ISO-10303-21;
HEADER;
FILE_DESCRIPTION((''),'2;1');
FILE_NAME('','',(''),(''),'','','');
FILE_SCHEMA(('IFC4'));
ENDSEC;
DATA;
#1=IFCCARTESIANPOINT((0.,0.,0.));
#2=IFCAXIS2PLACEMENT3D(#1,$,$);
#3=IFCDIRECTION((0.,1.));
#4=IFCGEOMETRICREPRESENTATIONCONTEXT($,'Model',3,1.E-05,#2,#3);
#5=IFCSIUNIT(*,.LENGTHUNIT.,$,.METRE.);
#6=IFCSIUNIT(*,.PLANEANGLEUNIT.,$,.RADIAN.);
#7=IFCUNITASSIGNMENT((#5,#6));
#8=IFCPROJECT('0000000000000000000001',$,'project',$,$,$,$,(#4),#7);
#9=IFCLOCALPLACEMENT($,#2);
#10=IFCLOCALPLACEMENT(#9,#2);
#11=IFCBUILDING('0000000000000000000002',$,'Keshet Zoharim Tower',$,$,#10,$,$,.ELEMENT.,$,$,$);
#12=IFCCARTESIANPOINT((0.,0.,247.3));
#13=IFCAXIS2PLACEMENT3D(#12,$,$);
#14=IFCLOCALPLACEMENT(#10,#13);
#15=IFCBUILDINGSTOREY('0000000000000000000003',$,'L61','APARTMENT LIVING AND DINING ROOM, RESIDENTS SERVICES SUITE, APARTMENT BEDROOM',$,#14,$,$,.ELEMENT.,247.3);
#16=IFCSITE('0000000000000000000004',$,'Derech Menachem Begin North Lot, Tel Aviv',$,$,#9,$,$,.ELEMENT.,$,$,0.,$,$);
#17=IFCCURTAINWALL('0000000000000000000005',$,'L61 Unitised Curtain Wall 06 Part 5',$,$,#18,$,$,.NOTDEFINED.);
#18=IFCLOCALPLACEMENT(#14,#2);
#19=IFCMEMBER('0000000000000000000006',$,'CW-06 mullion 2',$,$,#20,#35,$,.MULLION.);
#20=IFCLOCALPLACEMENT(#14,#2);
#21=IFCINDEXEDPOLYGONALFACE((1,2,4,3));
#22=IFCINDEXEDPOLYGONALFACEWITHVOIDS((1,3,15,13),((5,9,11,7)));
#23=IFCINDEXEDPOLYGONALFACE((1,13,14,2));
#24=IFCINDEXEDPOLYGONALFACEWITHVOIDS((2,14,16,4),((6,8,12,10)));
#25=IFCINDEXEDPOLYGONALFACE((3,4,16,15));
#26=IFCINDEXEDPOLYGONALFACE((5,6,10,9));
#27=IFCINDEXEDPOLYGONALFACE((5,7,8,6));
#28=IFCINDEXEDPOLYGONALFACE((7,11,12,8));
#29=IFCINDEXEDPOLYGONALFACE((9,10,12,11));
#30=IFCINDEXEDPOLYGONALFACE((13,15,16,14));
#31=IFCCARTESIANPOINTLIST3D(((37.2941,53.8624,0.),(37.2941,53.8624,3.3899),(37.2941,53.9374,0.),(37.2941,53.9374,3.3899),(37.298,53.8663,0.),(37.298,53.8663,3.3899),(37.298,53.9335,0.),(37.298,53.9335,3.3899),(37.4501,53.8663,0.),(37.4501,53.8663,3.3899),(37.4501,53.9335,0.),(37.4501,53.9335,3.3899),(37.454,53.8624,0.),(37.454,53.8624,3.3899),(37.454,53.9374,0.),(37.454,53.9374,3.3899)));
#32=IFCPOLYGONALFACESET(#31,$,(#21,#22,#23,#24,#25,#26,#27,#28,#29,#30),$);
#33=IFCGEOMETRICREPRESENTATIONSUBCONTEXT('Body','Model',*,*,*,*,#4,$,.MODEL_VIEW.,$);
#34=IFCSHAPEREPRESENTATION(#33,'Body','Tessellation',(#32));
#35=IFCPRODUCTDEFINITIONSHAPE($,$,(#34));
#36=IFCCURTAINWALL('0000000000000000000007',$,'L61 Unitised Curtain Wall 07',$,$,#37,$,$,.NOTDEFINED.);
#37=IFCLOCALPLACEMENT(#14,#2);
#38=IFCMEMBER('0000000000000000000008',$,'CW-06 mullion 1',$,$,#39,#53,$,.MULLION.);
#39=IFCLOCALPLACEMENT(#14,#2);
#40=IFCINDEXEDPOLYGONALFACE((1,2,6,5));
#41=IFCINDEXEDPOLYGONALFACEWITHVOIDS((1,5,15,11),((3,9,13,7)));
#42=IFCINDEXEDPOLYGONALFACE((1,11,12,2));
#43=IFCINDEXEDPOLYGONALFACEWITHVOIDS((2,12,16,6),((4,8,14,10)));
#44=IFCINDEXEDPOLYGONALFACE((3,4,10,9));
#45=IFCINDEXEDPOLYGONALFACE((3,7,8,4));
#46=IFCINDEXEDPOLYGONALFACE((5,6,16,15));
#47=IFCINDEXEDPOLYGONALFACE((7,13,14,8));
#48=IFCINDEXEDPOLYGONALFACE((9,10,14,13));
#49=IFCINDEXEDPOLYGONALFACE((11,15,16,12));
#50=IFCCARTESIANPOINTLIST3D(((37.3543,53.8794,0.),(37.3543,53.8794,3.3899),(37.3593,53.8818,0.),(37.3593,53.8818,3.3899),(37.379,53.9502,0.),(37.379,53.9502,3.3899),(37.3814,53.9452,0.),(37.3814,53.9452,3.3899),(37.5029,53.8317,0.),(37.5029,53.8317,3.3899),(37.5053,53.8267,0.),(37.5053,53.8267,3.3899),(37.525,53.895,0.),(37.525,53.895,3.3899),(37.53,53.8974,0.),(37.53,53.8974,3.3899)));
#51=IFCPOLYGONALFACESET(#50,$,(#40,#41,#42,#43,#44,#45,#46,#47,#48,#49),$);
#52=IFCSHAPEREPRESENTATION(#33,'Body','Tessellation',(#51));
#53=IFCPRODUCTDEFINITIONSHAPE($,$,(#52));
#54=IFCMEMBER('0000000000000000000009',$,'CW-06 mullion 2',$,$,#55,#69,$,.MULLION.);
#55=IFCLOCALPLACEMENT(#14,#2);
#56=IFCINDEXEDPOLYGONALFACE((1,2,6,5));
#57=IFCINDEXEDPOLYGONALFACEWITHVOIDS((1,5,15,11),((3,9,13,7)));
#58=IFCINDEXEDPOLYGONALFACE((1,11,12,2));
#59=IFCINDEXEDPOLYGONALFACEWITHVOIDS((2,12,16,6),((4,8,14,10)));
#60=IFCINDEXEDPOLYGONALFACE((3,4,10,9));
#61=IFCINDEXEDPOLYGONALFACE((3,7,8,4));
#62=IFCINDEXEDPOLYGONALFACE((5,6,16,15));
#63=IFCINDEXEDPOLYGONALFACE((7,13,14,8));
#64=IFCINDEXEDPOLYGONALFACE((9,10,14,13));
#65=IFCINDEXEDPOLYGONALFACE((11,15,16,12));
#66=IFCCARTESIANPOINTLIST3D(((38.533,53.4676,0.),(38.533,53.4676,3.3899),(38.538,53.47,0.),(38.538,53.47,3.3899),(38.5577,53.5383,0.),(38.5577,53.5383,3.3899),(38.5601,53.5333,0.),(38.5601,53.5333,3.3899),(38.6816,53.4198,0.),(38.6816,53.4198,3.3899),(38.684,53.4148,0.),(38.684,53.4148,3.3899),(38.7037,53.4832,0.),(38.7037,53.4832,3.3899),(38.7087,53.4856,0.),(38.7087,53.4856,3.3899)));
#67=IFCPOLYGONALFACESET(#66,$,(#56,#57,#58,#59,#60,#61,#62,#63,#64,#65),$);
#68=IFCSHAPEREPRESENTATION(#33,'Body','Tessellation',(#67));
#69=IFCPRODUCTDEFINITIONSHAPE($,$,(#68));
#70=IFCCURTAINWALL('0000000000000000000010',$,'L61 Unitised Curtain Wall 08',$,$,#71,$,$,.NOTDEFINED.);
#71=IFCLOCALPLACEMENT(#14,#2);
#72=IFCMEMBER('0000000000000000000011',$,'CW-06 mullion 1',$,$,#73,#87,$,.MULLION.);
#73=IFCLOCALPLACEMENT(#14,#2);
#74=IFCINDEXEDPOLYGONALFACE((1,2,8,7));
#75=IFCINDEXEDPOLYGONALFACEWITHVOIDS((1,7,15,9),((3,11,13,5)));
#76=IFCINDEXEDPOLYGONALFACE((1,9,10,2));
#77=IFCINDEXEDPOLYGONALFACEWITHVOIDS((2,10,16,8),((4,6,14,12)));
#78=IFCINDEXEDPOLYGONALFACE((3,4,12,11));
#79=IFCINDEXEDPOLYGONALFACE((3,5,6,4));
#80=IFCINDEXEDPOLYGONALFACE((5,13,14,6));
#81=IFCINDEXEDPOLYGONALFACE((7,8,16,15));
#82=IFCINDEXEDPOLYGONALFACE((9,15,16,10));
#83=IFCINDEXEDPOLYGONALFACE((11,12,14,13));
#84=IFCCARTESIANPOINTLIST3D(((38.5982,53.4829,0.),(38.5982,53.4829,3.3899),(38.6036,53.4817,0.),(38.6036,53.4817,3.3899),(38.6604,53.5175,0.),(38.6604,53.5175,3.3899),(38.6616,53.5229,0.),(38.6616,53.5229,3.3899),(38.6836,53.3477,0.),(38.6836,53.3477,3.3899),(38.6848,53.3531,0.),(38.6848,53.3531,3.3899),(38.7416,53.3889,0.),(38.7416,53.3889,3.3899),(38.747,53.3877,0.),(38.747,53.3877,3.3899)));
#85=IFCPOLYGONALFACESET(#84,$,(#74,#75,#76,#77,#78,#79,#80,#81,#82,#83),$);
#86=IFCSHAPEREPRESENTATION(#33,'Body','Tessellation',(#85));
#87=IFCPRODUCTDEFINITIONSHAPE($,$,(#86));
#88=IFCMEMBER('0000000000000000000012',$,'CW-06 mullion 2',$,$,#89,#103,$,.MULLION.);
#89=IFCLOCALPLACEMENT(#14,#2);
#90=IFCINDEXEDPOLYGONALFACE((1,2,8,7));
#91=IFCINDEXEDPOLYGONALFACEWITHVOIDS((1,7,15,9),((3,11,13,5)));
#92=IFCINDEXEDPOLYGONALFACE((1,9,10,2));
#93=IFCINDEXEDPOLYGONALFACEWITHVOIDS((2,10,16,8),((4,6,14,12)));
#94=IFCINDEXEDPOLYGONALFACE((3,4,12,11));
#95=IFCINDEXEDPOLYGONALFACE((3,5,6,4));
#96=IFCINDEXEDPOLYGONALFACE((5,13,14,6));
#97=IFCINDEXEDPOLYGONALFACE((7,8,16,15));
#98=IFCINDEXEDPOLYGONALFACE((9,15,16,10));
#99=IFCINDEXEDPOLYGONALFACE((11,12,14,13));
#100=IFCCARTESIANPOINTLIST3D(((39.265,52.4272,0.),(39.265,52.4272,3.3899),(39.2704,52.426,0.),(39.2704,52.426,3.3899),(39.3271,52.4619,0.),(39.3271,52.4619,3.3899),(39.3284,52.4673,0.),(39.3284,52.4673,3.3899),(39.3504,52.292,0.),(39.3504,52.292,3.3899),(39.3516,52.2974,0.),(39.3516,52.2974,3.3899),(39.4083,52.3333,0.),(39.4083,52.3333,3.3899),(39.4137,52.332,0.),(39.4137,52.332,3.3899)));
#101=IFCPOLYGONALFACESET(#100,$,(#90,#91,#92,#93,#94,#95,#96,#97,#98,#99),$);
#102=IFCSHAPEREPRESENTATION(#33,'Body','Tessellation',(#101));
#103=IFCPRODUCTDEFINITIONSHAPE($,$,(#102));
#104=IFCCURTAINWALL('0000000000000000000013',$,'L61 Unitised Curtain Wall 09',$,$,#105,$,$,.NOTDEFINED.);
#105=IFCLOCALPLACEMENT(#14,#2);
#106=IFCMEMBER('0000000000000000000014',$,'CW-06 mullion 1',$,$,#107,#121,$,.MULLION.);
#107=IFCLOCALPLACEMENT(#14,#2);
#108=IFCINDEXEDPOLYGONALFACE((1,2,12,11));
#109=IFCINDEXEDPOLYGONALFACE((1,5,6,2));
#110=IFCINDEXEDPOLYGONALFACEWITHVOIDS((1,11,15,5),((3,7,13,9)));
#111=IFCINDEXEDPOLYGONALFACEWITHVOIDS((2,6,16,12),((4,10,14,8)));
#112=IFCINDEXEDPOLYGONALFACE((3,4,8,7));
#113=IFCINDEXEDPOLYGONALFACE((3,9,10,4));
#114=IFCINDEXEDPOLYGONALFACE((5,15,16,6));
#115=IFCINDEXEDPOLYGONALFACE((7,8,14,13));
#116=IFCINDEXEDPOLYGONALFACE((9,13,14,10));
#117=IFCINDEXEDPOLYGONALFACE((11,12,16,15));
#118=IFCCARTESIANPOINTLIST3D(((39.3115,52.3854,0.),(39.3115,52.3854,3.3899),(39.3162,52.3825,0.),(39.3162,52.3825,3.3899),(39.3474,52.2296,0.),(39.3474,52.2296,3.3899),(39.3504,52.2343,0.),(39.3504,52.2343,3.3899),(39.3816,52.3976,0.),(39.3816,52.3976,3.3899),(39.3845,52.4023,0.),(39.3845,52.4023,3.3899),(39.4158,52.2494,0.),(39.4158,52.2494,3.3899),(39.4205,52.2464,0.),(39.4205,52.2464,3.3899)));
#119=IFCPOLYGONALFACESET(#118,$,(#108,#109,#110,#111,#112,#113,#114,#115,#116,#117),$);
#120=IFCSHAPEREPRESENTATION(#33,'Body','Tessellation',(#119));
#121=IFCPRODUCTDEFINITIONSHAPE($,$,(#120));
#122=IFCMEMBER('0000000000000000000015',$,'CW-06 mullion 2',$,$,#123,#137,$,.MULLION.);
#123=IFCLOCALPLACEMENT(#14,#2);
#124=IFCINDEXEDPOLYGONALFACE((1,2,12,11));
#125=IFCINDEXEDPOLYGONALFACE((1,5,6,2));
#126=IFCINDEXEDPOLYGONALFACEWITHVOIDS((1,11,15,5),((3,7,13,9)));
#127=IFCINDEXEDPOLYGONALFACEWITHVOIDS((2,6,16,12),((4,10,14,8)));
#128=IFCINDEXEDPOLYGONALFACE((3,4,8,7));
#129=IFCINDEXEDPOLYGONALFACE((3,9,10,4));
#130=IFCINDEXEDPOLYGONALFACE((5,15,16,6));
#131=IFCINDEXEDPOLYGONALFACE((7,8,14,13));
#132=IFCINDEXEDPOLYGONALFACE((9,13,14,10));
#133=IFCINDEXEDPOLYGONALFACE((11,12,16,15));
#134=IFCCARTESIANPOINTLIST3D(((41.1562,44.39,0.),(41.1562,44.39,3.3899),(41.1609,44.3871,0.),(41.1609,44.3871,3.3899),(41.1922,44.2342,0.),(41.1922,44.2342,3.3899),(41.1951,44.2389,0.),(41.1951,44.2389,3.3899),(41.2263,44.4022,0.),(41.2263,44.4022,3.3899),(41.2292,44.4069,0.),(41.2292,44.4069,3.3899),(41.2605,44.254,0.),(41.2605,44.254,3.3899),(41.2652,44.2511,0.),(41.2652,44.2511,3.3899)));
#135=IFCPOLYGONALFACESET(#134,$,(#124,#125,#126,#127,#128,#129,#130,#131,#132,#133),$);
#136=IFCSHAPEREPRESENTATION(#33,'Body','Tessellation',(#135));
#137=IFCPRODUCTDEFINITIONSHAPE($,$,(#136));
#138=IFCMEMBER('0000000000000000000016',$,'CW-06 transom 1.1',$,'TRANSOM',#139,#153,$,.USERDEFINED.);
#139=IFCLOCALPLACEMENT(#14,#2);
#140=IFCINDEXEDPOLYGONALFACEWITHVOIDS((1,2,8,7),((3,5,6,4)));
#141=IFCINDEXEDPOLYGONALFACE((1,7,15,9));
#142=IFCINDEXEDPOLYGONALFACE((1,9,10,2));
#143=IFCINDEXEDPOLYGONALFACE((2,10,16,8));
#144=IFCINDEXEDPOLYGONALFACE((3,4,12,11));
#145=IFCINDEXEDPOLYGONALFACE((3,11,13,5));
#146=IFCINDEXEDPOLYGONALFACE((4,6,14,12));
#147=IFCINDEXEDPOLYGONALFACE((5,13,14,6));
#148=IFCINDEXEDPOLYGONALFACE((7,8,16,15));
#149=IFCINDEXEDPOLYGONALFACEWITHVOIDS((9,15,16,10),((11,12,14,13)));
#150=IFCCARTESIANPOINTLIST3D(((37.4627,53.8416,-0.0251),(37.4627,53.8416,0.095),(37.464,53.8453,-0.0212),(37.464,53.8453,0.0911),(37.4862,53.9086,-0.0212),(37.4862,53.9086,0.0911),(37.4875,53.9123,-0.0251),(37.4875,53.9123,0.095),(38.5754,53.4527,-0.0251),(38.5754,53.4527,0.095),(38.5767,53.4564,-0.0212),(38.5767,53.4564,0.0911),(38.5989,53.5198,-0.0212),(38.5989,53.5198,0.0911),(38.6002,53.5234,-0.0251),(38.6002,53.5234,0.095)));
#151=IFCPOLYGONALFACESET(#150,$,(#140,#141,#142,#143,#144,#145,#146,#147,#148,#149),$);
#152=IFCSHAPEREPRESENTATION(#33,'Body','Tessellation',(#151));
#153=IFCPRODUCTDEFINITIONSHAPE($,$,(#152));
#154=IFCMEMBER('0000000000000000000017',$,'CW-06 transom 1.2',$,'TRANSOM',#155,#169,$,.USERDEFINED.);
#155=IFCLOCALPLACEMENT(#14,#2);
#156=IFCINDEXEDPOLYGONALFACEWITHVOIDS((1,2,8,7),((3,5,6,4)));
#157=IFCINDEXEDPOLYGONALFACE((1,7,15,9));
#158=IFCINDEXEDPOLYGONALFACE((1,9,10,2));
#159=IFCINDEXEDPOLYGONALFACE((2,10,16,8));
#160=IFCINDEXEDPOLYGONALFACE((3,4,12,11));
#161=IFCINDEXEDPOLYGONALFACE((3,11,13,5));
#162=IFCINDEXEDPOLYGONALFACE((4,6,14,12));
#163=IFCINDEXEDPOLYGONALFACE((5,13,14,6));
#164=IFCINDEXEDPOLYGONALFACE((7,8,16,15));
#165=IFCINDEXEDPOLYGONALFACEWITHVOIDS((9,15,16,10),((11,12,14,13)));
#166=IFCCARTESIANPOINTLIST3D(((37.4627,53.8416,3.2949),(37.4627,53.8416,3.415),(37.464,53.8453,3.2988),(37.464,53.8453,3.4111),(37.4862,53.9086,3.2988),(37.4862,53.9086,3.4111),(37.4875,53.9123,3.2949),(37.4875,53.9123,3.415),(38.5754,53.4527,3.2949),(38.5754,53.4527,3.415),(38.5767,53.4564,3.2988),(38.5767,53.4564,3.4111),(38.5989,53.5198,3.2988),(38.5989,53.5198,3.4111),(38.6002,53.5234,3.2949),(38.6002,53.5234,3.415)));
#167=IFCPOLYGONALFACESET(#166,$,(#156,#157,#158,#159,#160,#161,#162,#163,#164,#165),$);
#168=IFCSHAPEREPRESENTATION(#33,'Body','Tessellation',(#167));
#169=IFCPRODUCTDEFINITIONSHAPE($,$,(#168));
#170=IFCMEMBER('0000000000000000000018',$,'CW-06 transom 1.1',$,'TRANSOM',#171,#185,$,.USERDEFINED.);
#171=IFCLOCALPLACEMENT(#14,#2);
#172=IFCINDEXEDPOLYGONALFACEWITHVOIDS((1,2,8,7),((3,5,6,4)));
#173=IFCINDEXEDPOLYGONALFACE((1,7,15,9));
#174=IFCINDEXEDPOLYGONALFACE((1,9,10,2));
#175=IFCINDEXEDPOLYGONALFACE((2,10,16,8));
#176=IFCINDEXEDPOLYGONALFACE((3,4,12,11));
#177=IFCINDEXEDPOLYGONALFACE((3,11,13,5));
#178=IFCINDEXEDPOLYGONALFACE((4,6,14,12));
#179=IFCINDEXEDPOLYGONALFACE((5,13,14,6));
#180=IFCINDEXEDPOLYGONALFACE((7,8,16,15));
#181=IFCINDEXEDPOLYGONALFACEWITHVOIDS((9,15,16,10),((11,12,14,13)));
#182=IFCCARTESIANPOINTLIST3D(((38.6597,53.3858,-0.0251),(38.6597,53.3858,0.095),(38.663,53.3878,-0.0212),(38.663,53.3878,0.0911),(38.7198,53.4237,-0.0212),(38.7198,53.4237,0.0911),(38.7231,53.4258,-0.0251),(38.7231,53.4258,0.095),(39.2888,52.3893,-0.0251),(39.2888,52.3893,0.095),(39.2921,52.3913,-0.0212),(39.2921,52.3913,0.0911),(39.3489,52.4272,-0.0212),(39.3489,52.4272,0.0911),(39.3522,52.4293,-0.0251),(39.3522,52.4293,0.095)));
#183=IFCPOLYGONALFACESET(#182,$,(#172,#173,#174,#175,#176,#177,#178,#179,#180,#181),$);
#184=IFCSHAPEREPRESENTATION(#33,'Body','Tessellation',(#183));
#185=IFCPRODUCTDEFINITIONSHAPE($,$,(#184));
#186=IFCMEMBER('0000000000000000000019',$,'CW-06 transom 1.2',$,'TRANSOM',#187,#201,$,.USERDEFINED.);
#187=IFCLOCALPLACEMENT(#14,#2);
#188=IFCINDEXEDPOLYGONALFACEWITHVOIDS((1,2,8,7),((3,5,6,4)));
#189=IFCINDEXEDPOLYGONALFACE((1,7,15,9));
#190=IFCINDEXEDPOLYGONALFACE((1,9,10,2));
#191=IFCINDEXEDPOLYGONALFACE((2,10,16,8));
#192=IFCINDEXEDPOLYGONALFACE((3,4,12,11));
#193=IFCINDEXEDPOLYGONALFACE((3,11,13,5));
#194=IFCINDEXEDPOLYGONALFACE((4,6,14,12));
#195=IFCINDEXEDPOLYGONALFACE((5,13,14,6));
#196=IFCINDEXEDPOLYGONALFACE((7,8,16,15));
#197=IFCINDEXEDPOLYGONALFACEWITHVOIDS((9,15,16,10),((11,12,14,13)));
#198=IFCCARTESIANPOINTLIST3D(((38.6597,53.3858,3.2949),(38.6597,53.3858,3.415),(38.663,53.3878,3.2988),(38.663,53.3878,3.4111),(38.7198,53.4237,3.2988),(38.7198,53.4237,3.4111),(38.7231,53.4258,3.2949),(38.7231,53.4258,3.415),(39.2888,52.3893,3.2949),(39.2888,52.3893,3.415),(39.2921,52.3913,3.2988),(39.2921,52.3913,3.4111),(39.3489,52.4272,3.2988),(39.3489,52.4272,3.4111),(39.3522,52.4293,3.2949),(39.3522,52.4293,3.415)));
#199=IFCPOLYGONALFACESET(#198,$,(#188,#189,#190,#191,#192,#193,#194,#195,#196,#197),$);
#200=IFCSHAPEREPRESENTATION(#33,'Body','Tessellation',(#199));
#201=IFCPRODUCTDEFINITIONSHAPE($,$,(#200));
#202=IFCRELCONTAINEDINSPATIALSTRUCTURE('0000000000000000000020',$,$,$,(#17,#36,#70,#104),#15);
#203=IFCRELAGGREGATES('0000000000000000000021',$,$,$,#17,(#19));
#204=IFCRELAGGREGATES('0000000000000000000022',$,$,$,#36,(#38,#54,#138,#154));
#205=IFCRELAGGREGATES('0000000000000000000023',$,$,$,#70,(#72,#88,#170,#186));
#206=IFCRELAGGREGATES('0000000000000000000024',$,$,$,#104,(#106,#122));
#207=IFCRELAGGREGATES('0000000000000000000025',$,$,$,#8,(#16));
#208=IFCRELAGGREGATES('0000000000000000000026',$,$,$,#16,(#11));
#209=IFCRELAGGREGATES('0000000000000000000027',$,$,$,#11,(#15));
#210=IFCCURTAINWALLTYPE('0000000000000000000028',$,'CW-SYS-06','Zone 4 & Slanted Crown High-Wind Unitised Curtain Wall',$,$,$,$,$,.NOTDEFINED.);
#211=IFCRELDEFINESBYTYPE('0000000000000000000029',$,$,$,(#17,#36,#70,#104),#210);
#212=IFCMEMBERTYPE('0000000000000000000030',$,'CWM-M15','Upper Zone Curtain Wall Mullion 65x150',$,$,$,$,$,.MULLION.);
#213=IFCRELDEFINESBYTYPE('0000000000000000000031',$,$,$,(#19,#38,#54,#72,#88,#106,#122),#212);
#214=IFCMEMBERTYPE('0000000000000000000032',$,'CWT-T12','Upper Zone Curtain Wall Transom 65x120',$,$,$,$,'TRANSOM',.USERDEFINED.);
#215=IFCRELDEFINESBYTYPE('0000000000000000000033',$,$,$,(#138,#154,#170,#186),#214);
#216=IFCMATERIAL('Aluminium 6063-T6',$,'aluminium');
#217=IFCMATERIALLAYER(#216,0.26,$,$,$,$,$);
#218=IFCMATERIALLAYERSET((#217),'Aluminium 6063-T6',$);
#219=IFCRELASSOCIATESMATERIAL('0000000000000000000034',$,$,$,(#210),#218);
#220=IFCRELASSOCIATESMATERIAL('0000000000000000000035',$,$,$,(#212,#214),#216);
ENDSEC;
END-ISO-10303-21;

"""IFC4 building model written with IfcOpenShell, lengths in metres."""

from ifc_helpers import new_model, si_unit, direction, frame, origin, origin_2d, place, context, subcontext, project, spatial, hollow_rectangle, extrude, material, layer, layer_set, material_profile, profile_set, type_object, element, aggregate, save


model = new_model("IFC4")

# Units and contexts
model_context = context("Model", 3, precision=1e-05, world=origin(), true_north=direction((0.0, 1.0)))
body_context = subcontext(model_context, "Body", "Model", "MODEL_VIEW")
ifc_project = project(units=[si_unit("LENGTHUNIT", "METRE"), si_unit("PLANEANGLEUNIT", "RADIAN")], contexts=[model_context])

# Site, building, storey
site_placement = place(None, origin())
site = spatial("IfcSite", under=ifc_project, at=site_placement, Name="Derech Menachem Begin North Lot, Tel Aviv", CompositionType="ELEMENT", RefElevation=0.0)
building_placement = place(site_placement, origin())
building = spatial("IfcBuilding", under=site, at=building_placement, Name="Keshet Zoharim Tower", CompositionType="ELEMENT")
storey_placement = place(building_placement, frame((0.0, 0.0, 247.3)))
storey = spatial("IfcBuildingStorey", under=building, at=storey_placement, Name="L61", Description="APARTMENT LIVING AND DINING ROOM, RESIDENTS SERVICES SUITE, APARTMENT BEDROOM", CompositionType="ELEMENT", Elevation=247.3)

# Curtain wall, member
ifc_material_1 = material(Name="Aluminium 6063-T6", Category="aluminium")
ifc_layer_1 = layer(ifc_material_1, 0.26)
ifc_layer_set_1 = layer_set([ifc_layer_1], Name="Aluminium 6063-T6")
curtain_wall_type = type_object("IfcCurtainWallType", Name="CW-SYS-06", Description="Zone 4 & Slanted Crown High-Wind Unitised Curtain Wall", PredefinedType="NOTDEFINED", material=ifc_layer_set_1)
curtain_wall_1_placement = place(storey_placement, origin())
curtain_wall_1 = element("IfcCurtainWall", 1, at=curtain_wall_1_placement, inside=storey, type_object=curtain_wall_type, Name="L61 Unitised Curtain Wall 06 Part 5", PredefinedType="NOTDEFINED")
ifc_material_profile_1 = material_profile(ifc_material_1, hollow_rectangle(XDim=0.075, YDim=0.1599, WallThickness=0.0039, at=origin_2d()), Name="MUL-75x160")
ifc_profile_set_1 = profile_set([ifc_material_profile_1], Name="Aluminium 6063-T6")
member_type_1 = type_object("IfcMemberType", Name="CWM-M15", Description="Upper Zone Curtain Wall Mullion 65x150", PredefinedType="MULLION", material=ifc_profile_set_1)
member_1_placement = place(storey_placement, frame((37.374, 53.8999, 0.0), z_axis=(0.0, 0.0, 1.0), x_axis=(0.0, 1.0, 0.0)))
member_1 = element("IfcMember", 2, at=member_1_placement, type_object=member_type_1, Name="CW-06 mullion 2", PredefinedType="MULLION", context=body_context, shape_type="SweptSolid", body=[
    extrude(hollow_rectangle(XDim=0.075, YDim=0.1599, WallThickness=0.0039, at=origin_2d()), origin(), (0.0, 0.0, 1.0), 3.3899),
])
aggregate(curtain_wall_1, [member_1])

# Curtain walls, members
curtain_wall_2_placement = place(storey_placement, origin())
curtain_wall_2 = element("IfcCurtainWall", 3, at=curtain_wall_2_placement, inside=storey, type_object=curtain_wall_type, Name="L61 Unitised Curtain Wall 07", PredefinedType="NOTDEFINED")
member_2_placement = place(storey_placement, frame((37.4421, 53.8884, 0.0), z_axis=(0.0, 0.0, 1.0), x_axis=(0.329844, 0.944036, 0.0)))
member_2 = element("IfcMember", 4, at=member_2_placement, type_object=member_type_1, Name="CW-06 mullion 1", PredefinedType="MULLION", context=body_context, shape_type="SweptSolid", body=[
    extrude(hollow_rectangle(XDim=0.075, YDim=0.1599, WallThickness=0.0039, at=origin_2d()), origin(), (0.0, 0.0, 1.0), 3.3899),
])
member_3_placement = place(storey_placement, frame((38.6208, 53.4766, 0.0), z_axis=(0.0, 0.0, 1.0), x_axis=(0.329844, 0.944036, 0.0)))
member_3 = element("IfcMember", 5, at=member_3_placement, type_object=member_type_1, Name="CW-06 mullion 2", PredefinedType="MULLION", context=body_context, shape_type="SweptSolid", body=[
    extrude(hollow_rectangle(XDim=0.075, YDim=0.1599, WallThickness=0.0039, at=origin_2d()), origin(), (0.0, 0.0, 1.0), 3.3899),
])
curtain_wall_3_placement = place(storey_placement, origin())
curtain_wall_3 = element("IfcCurtainWall", 6, at=curtain_wall_3_placement, inside=storey, type_object=curtain_wall_type, Name="L61 Unitised Curtain Wall 08", PredefinedType="NOTDEFINED")
member_4_placement = place(storey_placement, frame((38.6726, 53.4353, 0.0), z_axis=(0.0, 0.0, 1.0), x_axis=(0.845561, 0.533879, 0.0)))
member_4 = element("IfcMember", 7, at=member_4_placement, type_object=member_type_1, Name="CW-06 mullion 1", PredefinedType="MULLION", context=body_context, shape_type="SweptSolid", body=[
    extrude(hollow_rectangle(XDim=0.075, YDim=0.1599, WallThickness=0.0039, at=origin_2d()), origin(), (0.0, 0.0, 1.0), 3.3899),
])
member_5_placement = place(storey_placement, frame((39.3394, 52.3796, 0.0), z_axis=(0.0, 0.0, 1.0), x_axis=(0.845561, 0.533879, 0.0)))
member_5 = element("IfcMember", 8, at=member_5_placement, type_object=member_type_1, Name="CW-06 mullion 2", PredefinedType="MULLION", context=body_context, shape_type="SweptSolid", body=[
    extrude(hollow_rectangle(XDim=0.075, YDim=0.1599, WallThickness=0.0039, at=origin_2d()), origin(), (0.0, 0.0, 1.0), 3.3899),
])
curtain_wall_4_placement = place(storey_placement, origin())
curtain_wall_4 = element("IfcCurtainWall", 9, at=curtain_wall_4_placement, inside=storey, type_object=curtain_wall_type, Name="L61 Unitised Curtain Wall 09", PredefinedType="NOTDEFINED")
member_6_placement = place(storey_placement, frame((39.366, 52.3159, 0.0), z_axis=(0.0, 0.0, 1.0), x_axis=(0.974398, 0.22483, 0.0)))
member_6 = element("IfcMember", 10, at=member_6_placement, type_object=member_type_1, Name="CW-06 mullion 1", PredefinedType="MULLION", context=body_context, shape_type="SweptSolid", body=[
    extrude(hollow_rectangle(XDim=0.075, YDim=0.1599, WallThickness=0.0039, at=origin_2d()), origin(), (0.0, 0.0, 1.0), 3.3899),
])
member_7_placement = place(storey_placement, frame((41.2107, 44.3206, 0.0), z_axis=(0.0, 0.0, 1.0), x_axis=(0.974398, 0.22483, 0.0)))
member_7 = element("IfcMember", 11, at=member_7_placement, type_object=member_type_1, Name="CW-06 mullion 2", PredefinedType="MULLION", context=body_context, shape_type="SweptSolid", body=[
    extrude(hollow_rectangle(XDim=0.075, YDim=0.1599, WallThickness=0.0039, at=origin_2d()), origin(), (0.0, 0.0, 1.0), 3.3899),
])

# Members
ifc_material_profile_2 = material_profile(ifc_material_1, hollow_rectangle(XDim=0.075, YDim=0.1201, WallThickness=0.0039, at=origin_2d()), Name="TRN-75x120")
ifc_profile_set_2 = profile_set([ifc_material_profile_2], Name="Aluminium 6063-T6")
member_type_2 = type_object("IfcMemberType", Name="CWT-T12", Description="Upper Zone Curtain Wall Transom 65x120", ElementType="TRANSOM", PredefinedType="USERDEFINED", material=ifc_profile_set_2)
member_8_placement = place(storey_placement, frame((37.4751, 53.877, 0.0349), z_axis=(0.944007, -0.329926, 0.0), x_axis=(0.329926, 0.944007, 0.0)))
member_8 = element("IfcMember", 12, at=member_8_placement, type_object=member_type_2, Name="CW-06 transom 1.1", ObjectType="TRANSOM", PredefinedType="USERDEFINED", context=body_context, shape_type="SweptSolid", body=[
    extrude(hollow_rectangle(XDim=0.075, YDim=0.1201, WallThickness=0.0039, at=origin_2d()), origin(), (0.0, 0.0, 1.0), 1.1787),
])
member_9_placement = place(storey_placement, frame((37.4751, 53.877, 3.355), z_axis=(0.944007, -0.329926, 0.0), x_axis=(0.329926, 0.944007, 0.0)))
member_9 = element("IfcMember", 13, at=member_9_placement, type_object=member_type_2, Name="CW-06 transom 1.2", ObjectType="TRANSOM", PredefinedType="USERDEFINED", context=body_context, shape_type="SweptSolid", body=[
    extrude(hollow_rectangle(XDim=0.075, YDim=0.1201, WallThickness=0.0039, at=origin_2d()), origin(), (0.0, 0.0, 1.0), 1.1787),
])
member_10_placement = place(storey_placement, frame((38.6914, 53.4058, 0.0349), z_axis=(0.533829, -0.845592, 0.0), x_axis=(0.845592, 0.533829, 0.0)))
member_10 = element("IfcMember", 14, at=member_10_placement, type_object=member_type_2, Name="CW-06 transom 1.1", ObjectType="TRANSOM", PredefinedType="USERDEFINED", context=body_context, shape_type="SweptSolid", body=[
    extrude(hollow_rectangle(XDim=0.075, YDim=0.1201, WallThickness=0.0039, at=origin_2d()), origin(), (0.0, 0.0, 1.0), 1.1785),
])
member_11_placement = place(storey_placement, frame((38.6914, 53.4058, 3.355), z_axis=(0.533829, -0.845592, 0.0), x_axis=(0.845592, 0.533829, 0.0)))
member_11 = element("IfcMember", 15, at=member_11_placement, type_object=member_type_2, Name="CW-06 transom 1.2", ObjectType="TRANSOM", PredefinedType="USERDEFINED", context=body_context, shape_type="SweptSolid", body=[
    extrude(hollow_rectangle(XDim=0.075, YDim=0.1201, WallThickness=0.0039, at=origin_2d()), origin(), (0.0, 0.0, 1.0), 1.1785),
])

aggregate(curtain_wall_2, [member_2, member_3, member_8, member_9])
aggregate(curtain_wall_3, [member_4, member_5, member_10, member_11])
aggregate(curtain_wall_4, [member_6, member_7])

save(model, "model.ifc")
